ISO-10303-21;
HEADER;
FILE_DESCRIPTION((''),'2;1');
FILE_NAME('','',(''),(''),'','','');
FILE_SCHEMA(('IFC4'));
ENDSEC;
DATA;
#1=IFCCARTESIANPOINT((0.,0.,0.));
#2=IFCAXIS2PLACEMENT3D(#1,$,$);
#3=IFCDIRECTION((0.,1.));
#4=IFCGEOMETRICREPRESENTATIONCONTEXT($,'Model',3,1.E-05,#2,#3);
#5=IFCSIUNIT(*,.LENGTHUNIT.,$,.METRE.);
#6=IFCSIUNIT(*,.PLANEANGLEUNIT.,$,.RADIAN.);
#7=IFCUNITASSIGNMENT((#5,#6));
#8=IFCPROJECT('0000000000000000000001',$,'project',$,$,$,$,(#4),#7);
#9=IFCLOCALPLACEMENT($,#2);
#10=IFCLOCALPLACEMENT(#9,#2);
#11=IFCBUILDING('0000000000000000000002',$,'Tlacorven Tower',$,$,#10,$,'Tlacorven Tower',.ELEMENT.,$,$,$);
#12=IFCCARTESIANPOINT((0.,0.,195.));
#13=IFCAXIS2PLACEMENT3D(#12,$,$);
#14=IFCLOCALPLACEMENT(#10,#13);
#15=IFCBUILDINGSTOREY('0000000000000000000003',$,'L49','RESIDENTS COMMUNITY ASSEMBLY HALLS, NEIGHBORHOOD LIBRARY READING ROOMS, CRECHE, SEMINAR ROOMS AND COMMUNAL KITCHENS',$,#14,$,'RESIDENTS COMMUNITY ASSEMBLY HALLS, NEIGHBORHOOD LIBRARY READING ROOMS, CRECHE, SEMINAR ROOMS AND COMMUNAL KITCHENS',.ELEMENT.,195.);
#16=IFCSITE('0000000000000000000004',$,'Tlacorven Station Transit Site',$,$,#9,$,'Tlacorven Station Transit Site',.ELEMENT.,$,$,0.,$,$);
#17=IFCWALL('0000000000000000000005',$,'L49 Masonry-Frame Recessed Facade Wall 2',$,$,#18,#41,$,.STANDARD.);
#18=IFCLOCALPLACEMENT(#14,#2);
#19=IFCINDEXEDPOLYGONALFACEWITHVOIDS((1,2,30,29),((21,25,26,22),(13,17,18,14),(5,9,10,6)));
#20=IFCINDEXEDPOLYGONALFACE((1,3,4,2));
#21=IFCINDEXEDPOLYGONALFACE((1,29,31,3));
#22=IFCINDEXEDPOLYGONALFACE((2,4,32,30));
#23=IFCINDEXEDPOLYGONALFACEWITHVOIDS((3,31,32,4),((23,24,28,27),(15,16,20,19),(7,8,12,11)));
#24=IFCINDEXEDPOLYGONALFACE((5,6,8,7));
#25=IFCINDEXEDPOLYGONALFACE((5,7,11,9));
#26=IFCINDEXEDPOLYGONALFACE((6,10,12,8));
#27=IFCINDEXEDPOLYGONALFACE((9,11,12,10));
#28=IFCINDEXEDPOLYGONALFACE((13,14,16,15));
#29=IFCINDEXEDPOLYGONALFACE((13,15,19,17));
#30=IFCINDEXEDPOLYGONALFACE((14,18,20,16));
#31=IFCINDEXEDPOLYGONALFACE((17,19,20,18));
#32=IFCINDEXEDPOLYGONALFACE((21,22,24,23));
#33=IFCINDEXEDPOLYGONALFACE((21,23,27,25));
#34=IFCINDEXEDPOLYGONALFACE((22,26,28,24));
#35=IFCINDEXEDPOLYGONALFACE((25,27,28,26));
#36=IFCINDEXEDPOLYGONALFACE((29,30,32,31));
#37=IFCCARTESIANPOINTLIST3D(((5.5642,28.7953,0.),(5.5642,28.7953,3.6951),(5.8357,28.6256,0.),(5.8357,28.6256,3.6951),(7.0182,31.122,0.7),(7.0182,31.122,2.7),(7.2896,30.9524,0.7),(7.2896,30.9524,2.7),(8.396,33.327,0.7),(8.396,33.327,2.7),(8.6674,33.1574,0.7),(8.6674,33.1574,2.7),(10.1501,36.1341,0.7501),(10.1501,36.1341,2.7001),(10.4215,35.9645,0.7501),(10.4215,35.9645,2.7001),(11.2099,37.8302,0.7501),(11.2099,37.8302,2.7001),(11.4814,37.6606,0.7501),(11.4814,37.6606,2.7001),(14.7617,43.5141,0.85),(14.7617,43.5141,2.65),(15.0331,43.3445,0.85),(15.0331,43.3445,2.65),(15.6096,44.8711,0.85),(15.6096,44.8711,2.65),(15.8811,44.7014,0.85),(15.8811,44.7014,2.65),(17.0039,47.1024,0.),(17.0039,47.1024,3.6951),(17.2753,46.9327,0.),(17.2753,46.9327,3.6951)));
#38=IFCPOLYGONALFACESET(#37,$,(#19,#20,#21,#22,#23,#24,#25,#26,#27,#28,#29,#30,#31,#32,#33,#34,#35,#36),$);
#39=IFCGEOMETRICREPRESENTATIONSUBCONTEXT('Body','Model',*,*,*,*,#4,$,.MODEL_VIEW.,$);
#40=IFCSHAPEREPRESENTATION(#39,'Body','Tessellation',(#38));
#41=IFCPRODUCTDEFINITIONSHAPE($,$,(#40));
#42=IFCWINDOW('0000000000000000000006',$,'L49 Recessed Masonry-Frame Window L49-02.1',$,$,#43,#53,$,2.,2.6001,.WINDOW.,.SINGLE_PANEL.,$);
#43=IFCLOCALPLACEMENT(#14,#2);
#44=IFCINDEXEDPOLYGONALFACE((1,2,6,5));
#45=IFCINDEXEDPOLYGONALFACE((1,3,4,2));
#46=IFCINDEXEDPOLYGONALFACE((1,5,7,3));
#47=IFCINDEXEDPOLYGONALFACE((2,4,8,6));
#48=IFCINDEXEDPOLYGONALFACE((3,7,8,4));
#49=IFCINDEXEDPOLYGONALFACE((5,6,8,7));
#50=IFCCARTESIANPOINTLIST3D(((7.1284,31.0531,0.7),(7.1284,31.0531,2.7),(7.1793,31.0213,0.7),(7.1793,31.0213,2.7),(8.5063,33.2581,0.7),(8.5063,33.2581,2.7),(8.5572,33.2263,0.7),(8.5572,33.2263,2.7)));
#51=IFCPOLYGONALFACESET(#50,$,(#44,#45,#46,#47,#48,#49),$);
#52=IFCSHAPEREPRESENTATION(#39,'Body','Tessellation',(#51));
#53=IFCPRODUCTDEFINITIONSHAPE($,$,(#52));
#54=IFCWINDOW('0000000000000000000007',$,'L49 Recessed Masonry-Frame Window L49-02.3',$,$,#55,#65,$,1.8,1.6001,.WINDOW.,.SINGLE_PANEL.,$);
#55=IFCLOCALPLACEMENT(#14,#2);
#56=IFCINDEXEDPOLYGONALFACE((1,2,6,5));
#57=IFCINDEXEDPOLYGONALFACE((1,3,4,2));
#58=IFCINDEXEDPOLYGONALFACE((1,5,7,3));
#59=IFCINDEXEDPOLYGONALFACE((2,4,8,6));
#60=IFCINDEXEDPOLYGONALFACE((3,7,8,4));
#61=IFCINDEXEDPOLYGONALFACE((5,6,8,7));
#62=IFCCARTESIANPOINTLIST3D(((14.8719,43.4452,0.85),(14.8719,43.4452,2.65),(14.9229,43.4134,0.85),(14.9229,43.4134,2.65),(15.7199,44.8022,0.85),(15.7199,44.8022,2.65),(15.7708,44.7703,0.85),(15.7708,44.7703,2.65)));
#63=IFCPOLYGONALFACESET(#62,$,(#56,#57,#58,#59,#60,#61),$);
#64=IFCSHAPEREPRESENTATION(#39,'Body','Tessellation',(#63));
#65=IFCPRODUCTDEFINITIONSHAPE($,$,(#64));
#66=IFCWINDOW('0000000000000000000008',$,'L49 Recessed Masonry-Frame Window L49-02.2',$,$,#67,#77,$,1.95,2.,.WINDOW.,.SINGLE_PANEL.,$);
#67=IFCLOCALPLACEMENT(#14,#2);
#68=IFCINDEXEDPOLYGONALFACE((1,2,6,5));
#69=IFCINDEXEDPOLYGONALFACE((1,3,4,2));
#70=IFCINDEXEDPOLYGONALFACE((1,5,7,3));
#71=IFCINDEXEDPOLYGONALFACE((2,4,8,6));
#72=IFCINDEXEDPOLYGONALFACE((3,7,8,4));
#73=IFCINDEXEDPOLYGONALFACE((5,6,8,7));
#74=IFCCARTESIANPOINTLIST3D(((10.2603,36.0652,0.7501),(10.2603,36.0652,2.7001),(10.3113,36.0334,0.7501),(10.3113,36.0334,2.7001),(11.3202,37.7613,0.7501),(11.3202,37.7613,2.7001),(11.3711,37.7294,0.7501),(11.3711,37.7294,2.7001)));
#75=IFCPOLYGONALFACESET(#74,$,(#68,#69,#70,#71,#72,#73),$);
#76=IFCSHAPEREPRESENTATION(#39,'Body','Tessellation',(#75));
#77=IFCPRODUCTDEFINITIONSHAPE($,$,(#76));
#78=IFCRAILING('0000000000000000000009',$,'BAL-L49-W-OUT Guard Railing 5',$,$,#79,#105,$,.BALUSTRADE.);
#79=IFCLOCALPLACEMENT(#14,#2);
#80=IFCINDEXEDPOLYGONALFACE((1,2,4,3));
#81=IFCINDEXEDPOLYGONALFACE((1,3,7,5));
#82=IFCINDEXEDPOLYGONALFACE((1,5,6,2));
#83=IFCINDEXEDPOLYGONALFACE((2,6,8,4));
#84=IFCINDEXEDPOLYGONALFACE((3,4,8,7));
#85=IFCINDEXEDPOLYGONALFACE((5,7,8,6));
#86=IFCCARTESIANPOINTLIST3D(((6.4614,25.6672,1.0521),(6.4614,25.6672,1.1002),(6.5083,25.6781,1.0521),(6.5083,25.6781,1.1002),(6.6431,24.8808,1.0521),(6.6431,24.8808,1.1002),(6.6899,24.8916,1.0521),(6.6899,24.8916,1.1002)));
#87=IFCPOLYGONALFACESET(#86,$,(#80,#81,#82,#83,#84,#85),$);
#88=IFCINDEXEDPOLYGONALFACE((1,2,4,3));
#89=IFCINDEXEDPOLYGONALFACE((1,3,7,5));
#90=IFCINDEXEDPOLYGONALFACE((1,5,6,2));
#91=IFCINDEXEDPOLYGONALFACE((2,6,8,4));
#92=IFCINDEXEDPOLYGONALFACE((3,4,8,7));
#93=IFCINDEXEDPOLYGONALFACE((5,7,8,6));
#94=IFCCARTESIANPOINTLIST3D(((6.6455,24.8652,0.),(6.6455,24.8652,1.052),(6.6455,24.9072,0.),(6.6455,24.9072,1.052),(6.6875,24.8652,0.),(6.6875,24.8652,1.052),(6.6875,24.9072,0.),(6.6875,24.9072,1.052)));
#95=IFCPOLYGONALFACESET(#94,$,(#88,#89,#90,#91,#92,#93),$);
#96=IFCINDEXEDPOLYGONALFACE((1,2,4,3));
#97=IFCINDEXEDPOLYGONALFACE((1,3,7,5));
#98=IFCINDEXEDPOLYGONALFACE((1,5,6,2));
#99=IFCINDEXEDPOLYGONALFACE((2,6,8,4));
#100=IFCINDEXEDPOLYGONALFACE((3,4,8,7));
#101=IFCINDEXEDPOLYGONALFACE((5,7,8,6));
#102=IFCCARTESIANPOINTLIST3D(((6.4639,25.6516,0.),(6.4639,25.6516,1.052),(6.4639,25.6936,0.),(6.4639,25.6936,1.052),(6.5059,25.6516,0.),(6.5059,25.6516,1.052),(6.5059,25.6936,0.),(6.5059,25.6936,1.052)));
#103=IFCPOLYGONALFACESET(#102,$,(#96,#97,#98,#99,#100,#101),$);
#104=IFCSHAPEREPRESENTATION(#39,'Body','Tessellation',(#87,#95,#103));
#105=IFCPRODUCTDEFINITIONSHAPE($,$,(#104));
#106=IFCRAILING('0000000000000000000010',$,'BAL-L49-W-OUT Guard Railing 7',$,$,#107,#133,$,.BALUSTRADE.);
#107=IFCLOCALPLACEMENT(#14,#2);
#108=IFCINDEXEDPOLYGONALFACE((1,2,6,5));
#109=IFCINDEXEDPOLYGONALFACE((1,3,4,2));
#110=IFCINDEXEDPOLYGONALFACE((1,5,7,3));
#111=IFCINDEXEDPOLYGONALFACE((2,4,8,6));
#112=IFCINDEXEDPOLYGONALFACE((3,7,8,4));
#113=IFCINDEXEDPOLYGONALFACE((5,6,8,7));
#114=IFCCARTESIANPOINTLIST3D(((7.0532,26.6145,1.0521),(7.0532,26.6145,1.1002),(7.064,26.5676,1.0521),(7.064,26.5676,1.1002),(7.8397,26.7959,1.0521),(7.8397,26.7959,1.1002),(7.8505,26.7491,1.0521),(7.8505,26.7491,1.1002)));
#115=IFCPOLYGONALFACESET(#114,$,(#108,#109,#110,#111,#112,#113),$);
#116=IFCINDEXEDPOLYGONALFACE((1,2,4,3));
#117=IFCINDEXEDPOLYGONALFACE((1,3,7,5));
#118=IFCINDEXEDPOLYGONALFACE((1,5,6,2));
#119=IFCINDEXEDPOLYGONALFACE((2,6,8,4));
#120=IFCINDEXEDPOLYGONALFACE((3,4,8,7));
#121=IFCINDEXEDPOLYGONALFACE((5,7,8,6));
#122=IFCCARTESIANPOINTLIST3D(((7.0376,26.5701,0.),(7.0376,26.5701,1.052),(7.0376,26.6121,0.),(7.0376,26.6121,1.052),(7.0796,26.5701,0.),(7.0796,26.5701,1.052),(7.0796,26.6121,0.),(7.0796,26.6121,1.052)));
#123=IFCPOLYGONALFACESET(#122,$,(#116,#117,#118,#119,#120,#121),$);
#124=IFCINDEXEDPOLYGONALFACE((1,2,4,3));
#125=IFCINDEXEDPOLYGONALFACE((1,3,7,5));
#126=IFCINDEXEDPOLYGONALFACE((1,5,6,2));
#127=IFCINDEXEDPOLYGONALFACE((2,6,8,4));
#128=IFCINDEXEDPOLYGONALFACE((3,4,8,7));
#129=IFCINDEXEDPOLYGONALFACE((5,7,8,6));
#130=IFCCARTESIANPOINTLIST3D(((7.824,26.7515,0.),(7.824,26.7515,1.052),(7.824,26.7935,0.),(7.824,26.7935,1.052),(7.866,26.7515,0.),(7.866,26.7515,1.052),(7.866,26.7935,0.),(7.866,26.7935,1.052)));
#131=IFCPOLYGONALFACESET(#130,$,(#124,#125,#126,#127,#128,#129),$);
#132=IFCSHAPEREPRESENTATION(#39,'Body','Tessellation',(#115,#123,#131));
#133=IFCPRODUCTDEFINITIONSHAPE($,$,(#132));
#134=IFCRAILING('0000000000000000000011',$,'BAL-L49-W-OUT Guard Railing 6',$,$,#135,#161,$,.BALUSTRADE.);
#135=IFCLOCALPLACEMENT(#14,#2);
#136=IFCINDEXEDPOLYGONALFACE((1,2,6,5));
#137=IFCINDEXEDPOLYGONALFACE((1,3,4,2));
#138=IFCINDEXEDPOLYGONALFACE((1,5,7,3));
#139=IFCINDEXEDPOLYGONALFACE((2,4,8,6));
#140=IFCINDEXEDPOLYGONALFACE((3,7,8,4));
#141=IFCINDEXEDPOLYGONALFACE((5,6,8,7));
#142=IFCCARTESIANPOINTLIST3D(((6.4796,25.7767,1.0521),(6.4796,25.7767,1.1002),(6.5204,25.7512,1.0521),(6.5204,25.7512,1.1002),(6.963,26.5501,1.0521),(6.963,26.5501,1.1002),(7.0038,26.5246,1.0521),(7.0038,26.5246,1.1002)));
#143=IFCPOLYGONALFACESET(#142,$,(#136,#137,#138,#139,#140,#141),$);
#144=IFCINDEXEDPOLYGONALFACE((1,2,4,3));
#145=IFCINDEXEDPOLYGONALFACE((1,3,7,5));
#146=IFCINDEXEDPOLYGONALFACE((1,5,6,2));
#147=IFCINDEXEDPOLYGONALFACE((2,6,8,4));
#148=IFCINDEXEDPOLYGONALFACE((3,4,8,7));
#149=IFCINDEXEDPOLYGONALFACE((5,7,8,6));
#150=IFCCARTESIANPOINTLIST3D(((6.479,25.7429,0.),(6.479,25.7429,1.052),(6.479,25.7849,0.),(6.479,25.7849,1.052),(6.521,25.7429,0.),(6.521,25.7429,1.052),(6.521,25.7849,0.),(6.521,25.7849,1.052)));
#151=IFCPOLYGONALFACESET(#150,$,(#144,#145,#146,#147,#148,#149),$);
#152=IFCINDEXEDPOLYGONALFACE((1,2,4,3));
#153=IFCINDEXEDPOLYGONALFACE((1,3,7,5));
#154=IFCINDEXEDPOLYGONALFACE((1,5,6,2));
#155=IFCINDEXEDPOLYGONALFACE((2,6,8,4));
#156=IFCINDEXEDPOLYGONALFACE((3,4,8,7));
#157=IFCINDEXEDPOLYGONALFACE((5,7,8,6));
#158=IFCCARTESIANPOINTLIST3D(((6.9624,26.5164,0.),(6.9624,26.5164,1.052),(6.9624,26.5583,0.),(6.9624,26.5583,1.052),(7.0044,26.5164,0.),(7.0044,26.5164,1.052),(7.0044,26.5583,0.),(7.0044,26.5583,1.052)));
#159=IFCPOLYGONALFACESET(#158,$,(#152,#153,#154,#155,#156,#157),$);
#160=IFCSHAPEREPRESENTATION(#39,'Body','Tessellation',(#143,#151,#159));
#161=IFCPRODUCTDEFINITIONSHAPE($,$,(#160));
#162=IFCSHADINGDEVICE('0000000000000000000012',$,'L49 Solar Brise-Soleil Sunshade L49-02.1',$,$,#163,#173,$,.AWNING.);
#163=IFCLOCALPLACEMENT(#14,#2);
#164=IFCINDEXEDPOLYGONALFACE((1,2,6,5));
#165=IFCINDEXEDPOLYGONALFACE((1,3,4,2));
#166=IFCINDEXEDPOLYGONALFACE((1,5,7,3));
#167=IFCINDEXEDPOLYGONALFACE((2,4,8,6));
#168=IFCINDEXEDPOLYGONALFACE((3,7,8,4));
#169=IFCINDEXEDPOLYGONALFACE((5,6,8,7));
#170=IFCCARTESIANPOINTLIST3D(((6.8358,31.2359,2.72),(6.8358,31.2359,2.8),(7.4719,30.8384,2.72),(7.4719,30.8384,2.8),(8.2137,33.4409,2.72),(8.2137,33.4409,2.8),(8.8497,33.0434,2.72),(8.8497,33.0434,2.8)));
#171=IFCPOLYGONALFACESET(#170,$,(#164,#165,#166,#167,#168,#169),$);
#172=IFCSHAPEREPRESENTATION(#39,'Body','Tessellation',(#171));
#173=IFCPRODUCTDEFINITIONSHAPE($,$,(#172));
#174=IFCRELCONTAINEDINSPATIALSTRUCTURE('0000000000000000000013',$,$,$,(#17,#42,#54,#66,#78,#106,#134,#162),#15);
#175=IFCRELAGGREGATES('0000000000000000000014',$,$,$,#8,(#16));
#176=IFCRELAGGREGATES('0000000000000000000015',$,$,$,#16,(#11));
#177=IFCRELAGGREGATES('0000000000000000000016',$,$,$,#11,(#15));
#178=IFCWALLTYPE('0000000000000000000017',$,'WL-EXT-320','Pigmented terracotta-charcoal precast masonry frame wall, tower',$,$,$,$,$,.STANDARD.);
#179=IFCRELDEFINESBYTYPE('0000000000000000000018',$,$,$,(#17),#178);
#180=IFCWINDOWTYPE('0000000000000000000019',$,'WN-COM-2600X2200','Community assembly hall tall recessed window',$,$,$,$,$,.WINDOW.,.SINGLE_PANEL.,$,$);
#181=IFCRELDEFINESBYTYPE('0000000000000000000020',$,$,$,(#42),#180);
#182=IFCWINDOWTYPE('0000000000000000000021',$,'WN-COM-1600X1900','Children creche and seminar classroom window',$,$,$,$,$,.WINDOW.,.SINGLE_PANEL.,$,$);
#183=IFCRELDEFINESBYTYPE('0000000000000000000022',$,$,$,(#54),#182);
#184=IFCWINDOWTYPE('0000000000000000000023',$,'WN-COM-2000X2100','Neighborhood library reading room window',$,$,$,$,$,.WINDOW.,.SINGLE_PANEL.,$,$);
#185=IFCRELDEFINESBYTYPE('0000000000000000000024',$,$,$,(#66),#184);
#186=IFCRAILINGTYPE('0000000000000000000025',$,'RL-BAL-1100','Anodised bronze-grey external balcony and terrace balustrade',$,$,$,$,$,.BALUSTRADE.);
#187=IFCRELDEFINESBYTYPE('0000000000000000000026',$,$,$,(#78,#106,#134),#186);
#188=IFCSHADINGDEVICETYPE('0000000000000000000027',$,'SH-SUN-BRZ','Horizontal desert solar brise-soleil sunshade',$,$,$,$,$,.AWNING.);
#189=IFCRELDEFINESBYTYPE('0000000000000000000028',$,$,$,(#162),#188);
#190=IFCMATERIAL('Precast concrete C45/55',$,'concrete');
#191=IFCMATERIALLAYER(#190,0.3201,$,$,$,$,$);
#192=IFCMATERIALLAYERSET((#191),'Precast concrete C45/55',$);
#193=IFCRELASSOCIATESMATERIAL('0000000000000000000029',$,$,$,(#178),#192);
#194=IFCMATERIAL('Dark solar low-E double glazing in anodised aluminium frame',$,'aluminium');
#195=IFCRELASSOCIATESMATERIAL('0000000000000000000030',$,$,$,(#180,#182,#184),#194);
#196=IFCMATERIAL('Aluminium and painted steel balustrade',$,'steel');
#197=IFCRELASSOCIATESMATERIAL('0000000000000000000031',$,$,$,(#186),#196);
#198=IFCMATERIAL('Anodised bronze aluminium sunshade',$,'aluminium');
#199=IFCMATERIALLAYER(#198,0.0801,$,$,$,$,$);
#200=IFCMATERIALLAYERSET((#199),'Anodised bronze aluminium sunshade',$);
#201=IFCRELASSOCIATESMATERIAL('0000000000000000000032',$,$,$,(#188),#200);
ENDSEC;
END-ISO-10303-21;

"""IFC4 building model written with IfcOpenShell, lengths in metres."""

from ifc_helpers import new_model, si_unit, direction, frame, frame_2d, origin, origin_2d, place, context, subcontext, project, spatial, rectangle, extrude, source, transform, mapped, material, layer, layer_set, type_object, element, fill, save


model = new_model("IFC4")

# Units and contexts
model_context = context("Model", 3, precision=1e-05, world=origin(), true_north=direction((0.0, 1.0)))
body_context = subcontext(model_context, "Body", "Model", "MODEL_VIEW")
ifc_project = project(units=[si_unit("LENGTHUNIT", "METRE"), si_unit("PLANEANGLEUNIT", "RADIAN")], contexts=[model_context])

# Site, building, storey
site_placement = place(None, origin())
site = spatial("IfcSite", under=ifc_project, at=site_placement, Name="Tlacorven Station Transit Site", LongName="Tlacorven Station Transit Site", CompositionType="ELEMENT", RefElevation=0.0)
building_placement = place(site_placement, origin())
building = spatial("IfcBuilding", under=site, at=building_placement, Name="Tlacorven Tower", LongName="Tlacorven Tower", CompositionType="ELEMENT")
storey_placement = place(building_placement, frame((0.0, 0.0, 195.0)))
storey = spatial("IfcBuildingStorey", under=building, at=storey_placement, Name="L49", Description="RESIDENTS COMMUNITY ASSEMBLY HALLS, NEIGHBORHOOD LIBRARY READING ROOMS, CRECHE, SEMINAR ROOMS AND COMMUNAL KITCHENS", LongName="RESIDENTS COMMUNITY ASSEMBLY HALLS, NEIGHBORHOOD LIBRARY READING ROOMS, CRECHE, SEMINAR ROOMS AND COMMUNAL KITCHENS", CompositionType="ELEMENT", Elevation=195.0)

# Wall, openings, windows
ifc_material_1 = material(Name="Precast concrete C45/55", Category="concrete")
ifc_layer_1 = layer(ifc_material_1, 0.3201)
ifc_layer_set_1 = layer_set([ifc_layer_1], Name="Precast concrete C45/55")
wall_type_1 = type_object("IfcWallType", Name="WL-EXT-320", Description="Pigmented terracotta-charcoal precast masonry frame wall, tower", PredefinedType="STANDARD", material=ifc_layer_set_1)
wall_1_placement = place(storey_placement, frame((5.7, 28.7104, 0.0), z_axis=(0.0, 0.0, 1.0), x_axis=(0.529924, 0.848045, 0.0)))
wall_1 = element("IfcWall", 1, at=wall_1_placement, inside=storey, type_object=wall_type_1, Name="L49 Masonry-Frame Recessed Facade Wall 2", PredefinedType="STANDARD", context=body_context, shape_type="SweptSolid", body=[
    extrude(rectangle(XDim=21.5874, YDim=0.3201, at=frame_2d((10.7937, 0.0))), origin(), (0.0, 0.0, 1.0), 3.6951),
])
opening_1_placement = place(wall_1_placement, frame((2.7437, 0.0, 0.7)))
opening_1 = element("IfcOpeningElement", 2, at=opening_1_placement, cuts=wall_1, PredefinedType="OPENING", context=body_context, shape_type="SweptSolid", body=[
    extrude(rectangle(XDim=2.6001, YDim=2.0, at=frame_2d((1.3, 1.0))), frame((0.0, 0.1699, 0.0), z_axis=(0.0, -1.0, 0.0), x_axis=(1.0, 0.0, 0.0)), (0.0, 0.0, 1.0), 0.3401),
])
opening_2_placement = place(wall_1_placement, frame((8.6538, 0.0, 0.75)))
opening_2 = element("IfcOpeningElement", 3, at=opening_2_placement, cuts=wall_1, PredefinedType="OPENING", context=body_context, shape_type="SweptSolid", body=[
    extrude(rectangle(XDim=2.0, YDim=1.95, at=frame_2d((1.0, 0.9751))), frame((0.0, 0.1699, 0.0), z_axis=(0.0, -1.0, 0.0), x_axis=(1.0, 0.0, 0.0)), (0.0, 0.0, 1.0), 0.3401),
])
opening_3_placement = place(wall_1_placement, frame((17.3562, 0.0, 0.8501)))
opening_3 = element("IfcOpeningElement", 4, at=opening_3_placement, cuts=wall_1, PredefinedType="OPENING", context=body_context, shape_type="SweptSolid", body=[
    extrude(rectangle(XDim=1.6001, YDim=1.8, at=frame_2d((0.8, 0.8999))), frame((0.0, 0.1699, 0.0), z_axis=(0.0, -1.0, 0.0), x_axis=(1.0, 0.0, 0.0)), (0.0, 0.0, 1.0), 0.3401),
])
ifc_material_2 = material(Name="Dark solar low-E double glazing in anodised aluminium frame", Category="aluminium")
window_type_1 = type_object("IfcWindowType", Name="WN-COM-2600X2200", Description="Community assembly hall tall recessed window", PartitioningType="SINGLE_PANEL", PredefinedType="WINDOW", material=ifc_material_2)
shared_shape_1 = source(origin(), body_context, "Body", "SweptSolid", [
    extrude(rectangle(XDim=2.6001, YDim=2.0, at=frame_2d((1.3, 1.0))), frame((0.0, 0.03, 0.0), z_axis=(0.0, -1.0, 0.0), x_axis=(1.0, 0.0, 0.0)), (0.0, 0.0, 1.0), 0.0601),
])
window_1_placement = place(opening_1_placement, origin())
window_1 = element("IfcWindow", 5, at=window_1_placement, inside=storey, type_object=window_type_1, Name="L49 Recessed Masonry-Frame Window L49-02.1", OverallHeight=2.0, OverallWidth=2.6001, PartitioningType="SINGLE_PANEL", PredefinedType="WINDOW", context=body_context, shape_type="MappedRepresentation", body=[
    mapped(shared_shape_1, transform((0.0, 0.0, 0.0), scale=1.0)),
])
fill(opening_1, window_1)
window_type_2 = type_object("IfcWindowType", Name="WN-COM-1600X1900", Description="Children creche and seminar classroom window", PartitioningType="SINGLE_PANEL", PredefinedType="WINDOW", material=ifc_material_2)
shared_shape_2 = source(origin(), body_context, "Body", "SweptSolid", [
    extrude(rectangle(XDim=1.6001, YDim=1.8, at=frame_2d((0.8, 0.8999))), frame((0.0, 0.03, 0.0), z_axis=(0.0, -1.0, 0.0), x_axis=(1.0, 0.0, 0.0)), (0.0, 0.0, 1.0), 0.0601),
])
window_2_placement = place(opening_3_placement, origin())
window_2 = element("IfcWindow", 6, at=window_2_placement, inside=storey, type_object=window_type_2, Name="L49 Recessed Masonry-Frame Window L49-02.3", OverallHeight=1.8, OverallWidth=1.6001, PartitioningType="SINGLE_PANEL", PredefinedType="WINDOW", context=body_context, shape_type="MappedRepresentation", body=[
    mapped(shared_shape_2, transform((0.0, 0.0, 0.0), scale=1.0)),
])
fill(opening_3, window_2)
window_type_3 = type_object("IfcWindowType", Name="WN-COM-2000X2100", Description="Neighborhood library reading room window", PartitioningType="SINGLE_PANEL", PredefinedType="WINDOW", material=ifc_material_2)
shared_shape_3 = source(origin(), body_context, "Body", "SweptSolid", [
    extrude(rectangle(XDim=2.0, YDim=1.95, at=frame_2d((1.0, 0.9751))), frame((0.0, 0.03, 0.0), z_axis=(0.0, -1.0, 0.0), x_axis=(1.0, 0.0, 0.0)), (0.0, 0.0, 1.0), 0.0601),
])
window_3_placement = place(opening_2_placement, origin())
window_3 = element("IfcWindow", 7, at=window_3_placement, inside=storey, type_object=window_type_3, Name="L49 Recessed Masonry-Frame Window L49-02.2", OverallHeight=1.95, OverallWidth=2.0, PartitioningType="SINGLE_PANEL", PredefinedType="WINDOW", context=body_context, shape_type="MappedRepresentation", body=[
    mapped(shared_shape_3, transform((0.0, 0.0, 0.0), scale=1.0)),
])
fill(opening_2, window_3)

# Railings
ifc_material_3 = material(Name="Aluminium and painted steel balustrade", Category="steel")
railing_type = type_object("IfcRailingType", Name="RL-BAL-1100", Description="Anodised bronze-grey external balcony and terrace balustrade", PredefinedType="BALUSTRADE", material=ifc_material_3)
shared_shape_4 = source(origin(), body_context, "Body", "SweptSolid", [
    extrude(rectangle(XDim=0.0481, YDim=0.0481, at=origin_2d()), frame((0.0, 0.0, 1.0762), z_axis=(-0.225058, 0.974345, 0.0), x_axis=(-0.974345, -0.225058, 0.0)), (0.0, 0.0, 1.0), 0.8071),
    extrude(rectangle(XDim=0.042, YDim=0.042, at=origin_2d()), origin(), (0.0, 0.0, 1.0), 1.052),
    extrude(rectangle(XDim=0.042, YDim=0.042, at=origin_2d()), frame((-0.1816, 0.7864, 0.0)), (0.0, 0.0, 1.0), 1.052),
])
railing_1_placement = place(storey_placement, frame((6.6665, 24.8862, 0.0)))
element("IfcRailing", 8, at=railing_1_placement, inside=storey, type_object=railing_type, Name="BAL-L49-W-OUT Guard Railing 5", PredefinedType="BALUSTRADE", context=body_context, shape_type="MappedRepresentation", body=[
    mapped(shared_shape_4, transform((0.0, 0.0, 0.0), scale=1.0)),
])
shared_shape_5 = source(origin(), body_context, "Body", "SweptSolid", [
    extrude(rectangle(XDim=0.0481, YDim=0.0481, at=origin_2d()), frame((0.0, 0.0, 1.0762), z_axis=(0.974412, 0.224771, 0.0), x_axis=(-0.224771, 0.974412, 0.0)), (0.0, 0.0, 1.0), 0.8071),
    extrude(rectangle(XDim=0.042, YDim=0.042, at=origin_2d()), origin(), (0.0, 0.0, 1.0), 1.052),
    extrude(rectangle(XDim=0.042, YDim=0.042, at=origin_2d()), frame((0.7864, 0.1814, 0.0)), (0.0, 0.0, 1.0), 1.052),
])
railing_2_placement = place(storey_placement, frame((7.0586, 26.5911, 0.0)))
element("IfcRailing", 9, at=railing_2_placement, inside=storey, type_object=railing_type, Name="BAL-L49-W-OUT Guard Railing 7", PredefinedType="BALUSTRADE", context=body_context, shape_type="MappedRepresentation", body=[
    mapped(shared_shape_5, transform((0.0, 0.0, 0.0), scale=1.0)),
])
shared_shape_6 = source(origin(), body_context, "Body", "SweptSolid", [
    extrude(rectangle(XDim=0.0481, YDim=0.0481, at=origin_2d()), frame((0.0, 0.0, 1.0762), z_axis=(0.529999, 0.847998, 0.0), x_axis=(-0.847998, 0.529999, 0.0)), (0.0, 0.0, 1.0), 0.9121),
    extrude(rectangle(XDim=0.042, YDim=0.042, at=origin_2d()), origin(), (0.0, 0.0, 1.0), 1.052),
    extrude(rectangle(XDim=0.042, YDim=0.042, at=origin_2d()), frame((0.4834, 0.7734, 0.0)), (0.0, 0.0, 1.0), 1.052),
])
railing_3_placement = place(storey_placement, frame((6.5, 25.7639, 0.0)))
element("IfcRailing", 10, at=railing_3_placement, inside=storey, type_object=railing_type, Name="BAL-L49-W-OUT Guard Railing 6", PredefinedType="BALUSTRADE", context=body_context, shape_type="MappedRepresentation", body=[
    mapped(shared_shape_6, transform((0.0, 0.0, 0.0), scale=1.0)),
])

# Shading device
ifc_material_4 = material(Name="Anodised bronze aluminium sunshade", Category="aluminium")
ifc_layer_2 = layer(ifc_material_4, 0.0801)
ifc_layer_set_2 = layer_set([ifc_layer_2], Name="Anodised bronze aluminium sunshade")
shading_device_type = type_object("IfcShadingDeviceType", Name="SH-SUN-BRZ", Description="Horizontal desert solar brise-soleil sunshade", PredefinedType="AWNING", material=ifc_layer_set_2)
shared_shape_7 = source(origin(), body_context, "Body", "SweptSolid", [
    extrude(rectangle(XDim=2.6001, YDim=0.75, at=origin_2d()), origin(), (0.0, 0.0, 1.0), 0.0801),
])
shading_device_placement = place(storey_placement, frame((7.8428, 32.1396, 2.72), z_axis=(0.0, 0.0, 1.0), x_axis=(0.529919, 0.848048, 0.0)))
element("IfcShadingDevice", 11, at=shading_device_placement, inside=storey, type_object=shading_device_type, Name="L49 Solar Brise-Soleil Sunshade L49-02.1", PredefinedType="AWNING", context=body_context, shape_type="MappedRepresentation", body=[
    mapped(shared_shape_7, transform((0.0, 0.0, 0.0), scale=1.0)),
])

save(model, "model.ifc")
